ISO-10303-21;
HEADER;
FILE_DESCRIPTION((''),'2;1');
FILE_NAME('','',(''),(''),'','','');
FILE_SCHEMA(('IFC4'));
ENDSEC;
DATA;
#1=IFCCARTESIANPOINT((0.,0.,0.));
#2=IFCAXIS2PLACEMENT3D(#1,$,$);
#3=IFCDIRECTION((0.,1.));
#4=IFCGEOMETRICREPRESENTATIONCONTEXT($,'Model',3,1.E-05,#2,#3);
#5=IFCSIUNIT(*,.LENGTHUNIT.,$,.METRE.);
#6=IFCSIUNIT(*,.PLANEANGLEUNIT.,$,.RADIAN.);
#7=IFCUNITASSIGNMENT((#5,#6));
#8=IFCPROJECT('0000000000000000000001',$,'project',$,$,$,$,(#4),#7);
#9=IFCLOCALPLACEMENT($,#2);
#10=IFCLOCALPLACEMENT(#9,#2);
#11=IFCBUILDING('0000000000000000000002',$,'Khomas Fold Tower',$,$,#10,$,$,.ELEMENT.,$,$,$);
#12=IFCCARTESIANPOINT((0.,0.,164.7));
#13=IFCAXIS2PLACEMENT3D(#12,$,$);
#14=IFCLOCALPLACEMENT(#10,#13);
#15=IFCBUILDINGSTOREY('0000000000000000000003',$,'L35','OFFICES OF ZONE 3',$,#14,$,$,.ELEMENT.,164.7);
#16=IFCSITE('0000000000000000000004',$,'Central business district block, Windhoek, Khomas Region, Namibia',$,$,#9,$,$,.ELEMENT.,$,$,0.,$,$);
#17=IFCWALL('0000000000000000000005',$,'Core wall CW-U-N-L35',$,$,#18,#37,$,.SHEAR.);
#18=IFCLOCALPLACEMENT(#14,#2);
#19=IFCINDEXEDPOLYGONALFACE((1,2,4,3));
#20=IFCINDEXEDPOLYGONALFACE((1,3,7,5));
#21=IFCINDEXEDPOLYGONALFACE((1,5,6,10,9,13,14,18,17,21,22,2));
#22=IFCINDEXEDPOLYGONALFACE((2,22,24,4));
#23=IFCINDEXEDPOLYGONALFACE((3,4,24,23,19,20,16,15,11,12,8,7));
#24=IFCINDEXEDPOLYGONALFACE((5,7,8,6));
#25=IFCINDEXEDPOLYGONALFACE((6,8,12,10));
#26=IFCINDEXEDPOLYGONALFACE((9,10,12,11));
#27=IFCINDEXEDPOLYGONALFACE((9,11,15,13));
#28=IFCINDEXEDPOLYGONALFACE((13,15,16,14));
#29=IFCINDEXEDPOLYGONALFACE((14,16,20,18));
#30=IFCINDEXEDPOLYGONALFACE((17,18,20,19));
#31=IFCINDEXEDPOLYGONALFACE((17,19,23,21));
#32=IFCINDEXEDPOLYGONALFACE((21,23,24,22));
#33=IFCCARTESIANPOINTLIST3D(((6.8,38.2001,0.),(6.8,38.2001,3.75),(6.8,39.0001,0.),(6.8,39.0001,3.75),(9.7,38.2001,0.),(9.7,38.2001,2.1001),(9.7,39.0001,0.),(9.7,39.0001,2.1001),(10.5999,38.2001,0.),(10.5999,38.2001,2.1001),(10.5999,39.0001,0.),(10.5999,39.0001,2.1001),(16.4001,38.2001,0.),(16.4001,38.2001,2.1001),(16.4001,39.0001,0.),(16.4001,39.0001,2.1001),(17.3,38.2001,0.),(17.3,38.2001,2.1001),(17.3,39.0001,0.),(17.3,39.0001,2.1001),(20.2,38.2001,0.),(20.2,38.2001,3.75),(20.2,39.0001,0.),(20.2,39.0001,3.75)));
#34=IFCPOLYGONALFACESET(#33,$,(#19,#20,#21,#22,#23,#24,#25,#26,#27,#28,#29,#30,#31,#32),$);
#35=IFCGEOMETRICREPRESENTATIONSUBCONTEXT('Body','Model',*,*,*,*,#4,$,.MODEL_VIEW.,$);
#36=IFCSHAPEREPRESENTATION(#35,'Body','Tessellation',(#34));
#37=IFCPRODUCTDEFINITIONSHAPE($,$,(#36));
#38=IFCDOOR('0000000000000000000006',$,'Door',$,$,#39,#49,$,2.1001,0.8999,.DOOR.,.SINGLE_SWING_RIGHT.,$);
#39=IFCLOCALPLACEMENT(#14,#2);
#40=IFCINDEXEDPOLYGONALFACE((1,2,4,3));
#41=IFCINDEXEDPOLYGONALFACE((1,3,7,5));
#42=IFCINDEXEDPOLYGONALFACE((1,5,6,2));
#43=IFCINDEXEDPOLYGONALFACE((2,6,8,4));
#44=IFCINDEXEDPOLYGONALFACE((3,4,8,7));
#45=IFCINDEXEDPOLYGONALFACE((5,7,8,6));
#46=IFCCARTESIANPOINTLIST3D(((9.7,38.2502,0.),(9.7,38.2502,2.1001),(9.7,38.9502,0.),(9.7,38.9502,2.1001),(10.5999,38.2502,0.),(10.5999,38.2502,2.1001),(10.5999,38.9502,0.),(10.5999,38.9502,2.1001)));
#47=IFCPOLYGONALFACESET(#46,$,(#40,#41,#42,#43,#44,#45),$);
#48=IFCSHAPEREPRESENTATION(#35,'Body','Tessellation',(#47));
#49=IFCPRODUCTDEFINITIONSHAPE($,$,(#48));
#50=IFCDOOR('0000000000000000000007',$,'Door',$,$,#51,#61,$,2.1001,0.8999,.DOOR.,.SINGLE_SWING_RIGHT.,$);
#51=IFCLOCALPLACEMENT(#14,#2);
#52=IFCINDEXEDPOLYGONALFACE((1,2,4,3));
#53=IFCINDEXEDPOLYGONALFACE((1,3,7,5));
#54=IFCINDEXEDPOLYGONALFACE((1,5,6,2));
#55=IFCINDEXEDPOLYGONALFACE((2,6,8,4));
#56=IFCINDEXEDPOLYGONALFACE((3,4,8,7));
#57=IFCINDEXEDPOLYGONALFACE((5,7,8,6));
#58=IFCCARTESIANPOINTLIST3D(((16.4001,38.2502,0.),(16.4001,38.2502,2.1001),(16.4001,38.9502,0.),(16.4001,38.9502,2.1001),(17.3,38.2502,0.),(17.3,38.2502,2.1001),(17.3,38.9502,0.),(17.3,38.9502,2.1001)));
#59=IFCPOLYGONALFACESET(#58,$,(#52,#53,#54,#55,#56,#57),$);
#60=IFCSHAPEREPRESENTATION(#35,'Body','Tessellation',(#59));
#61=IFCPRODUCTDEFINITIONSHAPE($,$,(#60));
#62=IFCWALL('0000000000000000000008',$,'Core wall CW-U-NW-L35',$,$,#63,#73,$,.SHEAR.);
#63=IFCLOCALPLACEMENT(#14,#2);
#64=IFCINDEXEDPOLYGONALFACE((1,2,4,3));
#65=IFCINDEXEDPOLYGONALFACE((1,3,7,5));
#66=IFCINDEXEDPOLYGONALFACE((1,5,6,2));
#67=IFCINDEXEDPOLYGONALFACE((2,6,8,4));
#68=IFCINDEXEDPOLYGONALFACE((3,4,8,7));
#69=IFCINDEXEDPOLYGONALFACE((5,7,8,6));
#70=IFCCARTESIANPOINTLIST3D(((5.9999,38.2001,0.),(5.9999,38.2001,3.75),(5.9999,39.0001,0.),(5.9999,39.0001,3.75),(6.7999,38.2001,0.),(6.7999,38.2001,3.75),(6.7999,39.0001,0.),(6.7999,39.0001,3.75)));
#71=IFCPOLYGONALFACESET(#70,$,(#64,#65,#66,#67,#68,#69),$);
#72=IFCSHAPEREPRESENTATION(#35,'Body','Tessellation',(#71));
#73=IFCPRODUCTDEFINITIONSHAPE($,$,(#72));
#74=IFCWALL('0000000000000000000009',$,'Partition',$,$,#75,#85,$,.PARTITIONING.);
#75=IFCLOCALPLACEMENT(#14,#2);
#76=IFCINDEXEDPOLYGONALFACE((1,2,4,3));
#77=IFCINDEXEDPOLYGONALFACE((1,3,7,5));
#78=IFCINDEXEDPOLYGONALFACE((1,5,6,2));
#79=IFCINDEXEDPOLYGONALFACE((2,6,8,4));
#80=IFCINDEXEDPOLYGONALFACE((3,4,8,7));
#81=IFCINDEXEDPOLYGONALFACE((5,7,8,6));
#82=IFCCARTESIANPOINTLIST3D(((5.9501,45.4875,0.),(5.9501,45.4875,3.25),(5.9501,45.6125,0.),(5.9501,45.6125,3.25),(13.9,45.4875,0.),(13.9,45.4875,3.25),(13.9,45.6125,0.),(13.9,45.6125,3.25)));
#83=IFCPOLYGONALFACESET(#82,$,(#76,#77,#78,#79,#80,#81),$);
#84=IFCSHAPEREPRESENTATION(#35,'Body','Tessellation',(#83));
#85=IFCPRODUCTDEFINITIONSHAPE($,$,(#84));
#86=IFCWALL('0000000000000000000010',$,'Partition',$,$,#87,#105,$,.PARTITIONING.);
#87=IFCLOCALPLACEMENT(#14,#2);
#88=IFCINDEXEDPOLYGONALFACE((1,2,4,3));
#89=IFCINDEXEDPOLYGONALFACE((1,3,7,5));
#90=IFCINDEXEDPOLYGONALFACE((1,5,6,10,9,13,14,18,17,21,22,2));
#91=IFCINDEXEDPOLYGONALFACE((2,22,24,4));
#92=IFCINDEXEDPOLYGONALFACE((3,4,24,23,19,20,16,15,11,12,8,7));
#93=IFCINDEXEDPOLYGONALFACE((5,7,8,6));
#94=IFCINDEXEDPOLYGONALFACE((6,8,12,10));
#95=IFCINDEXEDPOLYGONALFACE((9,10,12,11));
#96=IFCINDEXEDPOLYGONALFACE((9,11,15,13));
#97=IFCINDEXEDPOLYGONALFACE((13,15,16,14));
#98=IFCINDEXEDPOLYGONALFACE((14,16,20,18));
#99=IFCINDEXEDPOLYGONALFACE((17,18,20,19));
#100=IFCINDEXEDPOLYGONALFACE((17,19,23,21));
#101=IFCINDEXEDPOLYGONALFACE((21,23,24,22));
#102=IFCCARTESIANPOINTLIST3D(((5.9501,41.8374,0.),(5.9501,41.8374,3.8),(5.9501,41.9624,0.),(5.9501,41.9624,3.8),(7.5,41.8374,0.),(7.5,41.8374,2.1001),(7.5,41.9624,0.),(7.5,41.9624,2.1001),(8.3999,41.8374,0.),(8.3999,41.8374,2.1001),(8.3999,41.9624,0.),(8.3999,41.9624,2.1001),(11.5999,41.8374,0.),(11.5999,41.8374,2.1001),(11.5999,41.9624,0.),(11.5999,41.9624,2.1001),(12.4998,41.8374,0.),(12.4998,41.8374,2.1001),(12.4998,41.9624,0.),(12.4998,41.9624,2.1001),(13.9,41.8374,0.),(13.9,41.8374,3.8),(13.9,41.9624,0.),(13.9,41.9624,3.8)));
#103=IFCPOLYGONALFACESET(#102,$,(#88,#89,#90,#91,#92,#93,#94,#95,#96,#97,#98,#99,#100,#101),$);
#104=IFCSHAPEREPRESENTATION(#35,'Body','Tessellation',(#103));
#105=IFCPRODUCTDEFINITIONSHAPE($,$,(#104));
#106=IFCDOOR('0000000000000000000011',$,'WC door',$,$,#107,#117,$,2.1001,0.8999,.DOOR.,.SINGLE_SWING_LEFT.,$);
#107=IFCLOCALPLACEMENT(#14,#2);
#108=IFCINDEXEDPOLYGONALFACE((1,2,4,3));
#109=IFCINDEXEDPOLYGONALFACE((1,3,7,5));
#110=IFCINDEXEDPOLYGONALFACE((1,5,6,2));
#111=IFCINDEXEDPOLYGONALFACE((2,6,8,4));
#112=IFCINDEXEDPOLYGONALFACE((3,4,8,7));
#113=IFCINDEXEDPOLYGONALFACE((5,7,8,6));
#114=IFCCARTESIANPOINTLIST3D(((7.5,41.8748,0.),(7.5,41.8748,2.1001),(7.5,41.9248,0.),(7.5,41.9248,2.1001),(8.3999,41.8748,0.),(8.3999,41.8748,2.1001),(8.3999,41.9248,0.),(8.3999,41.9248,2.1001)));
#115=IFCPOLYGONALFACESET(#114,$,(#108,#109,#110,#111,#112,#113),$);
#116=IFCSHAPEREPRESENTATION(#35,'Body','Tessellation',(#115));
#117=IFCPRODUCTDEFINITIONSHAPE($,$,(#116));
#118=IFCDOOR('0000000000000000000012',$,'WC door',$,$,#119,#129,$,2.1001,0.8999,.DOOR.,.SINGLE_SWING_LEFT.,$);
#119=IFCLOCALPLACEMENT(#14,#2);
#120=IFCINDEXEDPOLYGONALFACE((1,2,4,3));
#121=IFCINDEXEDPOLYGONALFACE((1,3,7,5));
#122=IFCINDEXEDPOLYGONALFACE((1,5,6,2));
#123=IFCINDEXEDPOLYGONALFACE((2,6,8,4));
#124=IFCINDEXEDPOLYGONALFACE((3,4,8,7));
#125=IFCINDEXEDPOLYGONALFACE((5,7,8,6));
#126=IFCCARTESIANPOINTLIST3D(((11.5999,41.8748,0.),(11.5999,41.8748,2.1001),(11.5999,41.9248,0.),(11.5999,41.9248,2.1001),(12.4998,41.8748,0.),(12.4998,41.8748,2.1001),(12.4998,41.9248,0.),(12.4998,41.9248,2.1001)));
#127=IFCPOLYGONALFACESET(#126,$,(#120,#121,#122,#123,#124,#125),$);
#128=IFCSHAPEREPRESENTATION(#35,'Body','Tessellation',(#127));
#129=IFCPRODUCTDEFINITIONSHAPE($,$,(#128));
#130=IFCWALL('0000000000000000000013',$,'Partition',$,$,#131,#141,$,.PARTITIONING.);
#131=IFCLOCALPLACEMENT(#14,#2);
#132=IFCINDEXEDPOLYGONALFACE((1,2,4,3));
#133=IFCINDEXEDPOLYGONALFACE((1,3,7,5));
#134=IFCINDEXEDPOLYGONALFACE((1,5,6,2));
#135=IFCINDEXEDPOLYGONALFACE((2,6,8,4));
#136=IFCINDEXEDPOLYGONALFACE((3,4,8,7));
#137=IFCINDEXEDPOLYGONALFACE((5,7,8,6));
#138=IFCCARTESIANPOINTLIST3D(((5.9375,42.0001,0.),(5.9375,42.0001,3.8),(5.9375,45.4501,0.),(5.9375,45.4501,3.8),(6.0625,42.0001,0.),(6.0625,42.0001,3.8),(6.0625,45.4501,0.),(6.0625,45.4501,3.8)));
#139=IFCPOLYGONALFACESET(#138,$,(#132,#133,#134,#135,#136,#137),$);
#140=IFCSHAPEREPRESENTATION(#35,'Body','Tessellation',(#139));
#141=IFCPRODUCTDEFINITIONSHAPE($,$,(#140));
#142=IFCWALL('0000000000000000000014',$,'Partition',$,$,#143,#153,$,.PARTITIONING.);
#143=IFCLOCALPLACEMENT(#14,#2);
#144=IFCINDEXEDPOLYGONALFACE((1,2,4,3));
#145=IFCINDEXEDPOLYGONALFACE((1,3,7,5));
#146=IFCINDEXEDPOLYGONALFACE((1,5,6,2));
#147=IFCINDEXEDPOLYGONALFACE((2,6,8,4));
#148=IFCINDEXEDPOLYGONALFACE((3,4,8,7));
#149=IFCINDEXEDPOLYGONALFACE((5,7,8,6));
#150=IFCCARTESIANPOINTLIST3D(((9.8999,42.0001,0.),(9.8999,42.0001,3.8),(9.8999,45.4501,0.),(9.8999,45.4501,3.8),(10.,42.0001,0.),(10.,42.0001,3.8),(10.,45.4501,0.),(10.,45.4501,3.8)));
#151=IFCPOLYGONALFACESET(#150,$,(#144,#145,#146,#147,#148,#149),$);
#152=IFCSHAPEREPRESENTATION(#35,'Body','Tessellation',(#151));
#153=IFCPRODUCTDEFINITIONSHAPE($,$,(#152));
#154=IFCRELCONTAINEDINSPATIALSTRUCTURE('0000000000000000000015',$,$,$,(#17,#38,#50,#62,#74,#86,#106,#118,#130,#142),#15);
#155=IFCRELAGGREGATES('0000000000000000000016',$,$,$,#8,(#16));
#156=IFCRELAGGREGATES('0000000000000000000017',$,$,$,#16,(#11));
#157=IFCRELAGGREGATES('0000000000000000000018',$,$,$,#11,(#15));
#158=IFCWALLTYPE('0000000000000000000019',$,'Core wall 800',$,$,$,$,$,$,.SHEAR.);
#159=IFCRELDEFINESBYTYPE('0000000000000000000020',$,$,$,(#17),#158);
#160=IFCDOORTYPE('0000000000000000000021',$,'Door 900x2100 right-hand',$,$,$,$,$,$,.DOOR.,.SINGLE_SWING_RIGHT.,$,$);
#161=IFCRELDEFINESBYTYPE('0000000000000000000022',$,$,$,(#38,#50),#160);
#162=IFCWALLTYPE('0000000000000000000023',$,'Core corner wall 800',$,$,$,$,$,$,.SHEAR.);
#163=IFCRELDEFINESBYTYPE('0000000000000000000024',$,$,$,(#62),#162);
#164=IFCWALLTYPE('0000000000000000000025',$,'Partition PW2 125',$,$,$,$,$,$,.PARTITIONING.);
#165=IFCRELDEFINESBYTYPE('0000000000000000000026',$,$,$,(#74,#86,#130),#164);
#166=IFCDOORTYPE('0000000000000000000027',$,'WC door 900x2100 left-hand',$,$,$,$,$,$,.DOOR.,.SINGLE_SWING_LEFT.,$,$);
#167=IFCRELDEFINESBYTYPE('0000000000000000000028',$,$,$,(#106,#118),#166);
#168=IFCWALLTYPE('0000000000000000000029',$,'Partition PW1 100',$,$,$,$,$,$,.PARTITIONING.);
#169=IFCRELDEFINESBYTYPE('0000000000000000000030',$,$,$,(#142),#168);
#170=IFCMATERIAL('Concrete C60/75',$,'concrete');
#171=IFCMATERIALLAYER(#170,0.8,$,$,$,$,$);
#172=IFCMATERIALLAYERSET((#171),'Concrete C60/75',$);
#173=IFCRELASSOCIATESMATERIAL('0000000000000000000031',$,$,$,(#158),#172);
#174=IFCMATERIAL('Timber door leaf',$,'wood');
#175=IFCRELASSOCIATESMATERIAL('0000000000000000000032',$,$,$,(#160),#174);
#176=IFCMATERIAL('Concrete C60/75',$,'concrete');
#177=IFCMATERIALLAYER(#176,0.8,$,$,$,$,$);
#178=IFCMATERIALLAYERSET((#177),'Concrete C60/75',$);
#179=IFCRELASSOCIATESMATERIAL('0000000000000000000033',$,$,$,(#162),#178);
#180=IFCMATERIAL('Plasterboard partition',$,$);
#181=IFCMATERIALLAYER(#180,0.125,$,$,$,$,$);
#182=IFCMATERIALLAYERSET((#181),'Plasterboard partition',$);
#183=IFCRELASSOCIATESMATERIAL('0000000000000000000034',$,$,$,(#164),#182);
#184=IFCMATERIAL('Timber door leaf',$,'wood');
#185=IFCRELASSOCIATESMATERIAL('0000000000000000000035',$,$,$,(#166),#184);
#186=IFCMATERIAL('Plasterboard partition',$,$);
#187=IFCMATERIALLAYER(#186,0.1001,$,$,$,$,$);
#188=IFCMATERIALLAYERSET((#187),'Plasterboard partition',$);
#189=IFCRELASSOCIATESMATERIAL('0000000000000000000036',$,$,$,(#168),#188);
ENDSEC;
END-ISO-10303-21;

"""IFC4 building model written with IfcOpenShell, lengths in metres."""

from ifc_helpers import new_model, si_unit, direction, frame, frame_2d, origin, place, context, subcontext, project, spatial, rectangle, extrude, source, transform, mapped, material, layer, layer_set, type_object, element, fill, save


model = new_model("IFC4")

# Units and contexts
model_context = context("Model", 3, precision=1e-05, world=origin(), true_north=direction((0.0, 1.0)))
body_context = subcontext(model_context, "Body", "Model", "MODEL_VIEW")
ifc_project = project(units=[si_unit("LENGTHUNIT", "METRE"), si_unit("PLANEANGLEUNIT", "RADIAN")], contexts=[model_context])

# Site, building, storey
site_placement = place(None, origin())
site = spatial("IfcSite", under=ifc_project, at=site_placement, Name="Central business district block, Windhoek, Khomas Region, Namibia", CompositionType="ELEMENT", RefElevation=0.0)
building_placement = place(site_placement, origin())
building = spatial("IfcBuilding", under=site, at=building_placement, Name="Khomas Fold Tower", CompositionType="ELEMENT")
storey_placement = place(building_placement, frame((0.0, 0.0, 164.7)))
storey = spatial("IfcBuildingStorey", under=building, at=storey_placement, Name="L35", Description="OFFICES OF ZONE 3", CompositionType="ELEMENT", Elevation=164.7)

# Wall, openings, doors
ifc_material_1 = material(Name="Concrete C60/75", Category="concrete")
ifc_layer_1 = layer(ifc_material_1, 0.8)
ifc_layer_set_1 = layer_set([ifc_layer_1], Name="Concrete C60/75")
wall_type_1 = type_object("IfcWallType", Name="Core wall 800", PredefinedType="SHEAR", material=ifc_layer_set_1)
shared_shape_1 = source(origin(), body_context, "Body", "SweptSolid", [
    extrude(rectangle(XDim=13.3999, YDim=0.8, at=frame_2d((6.7, 0.0))), origin(), (0.0, 0.0, 1.0), 3.75),
])
wall_1_placement = place(storey_placement, frame((6.8, 38.6001, 0.0), z_axis=(0.0, 0.0, 1.0), x_axis=(1.0, 0.0, 0.0)))
wall_1 = element("IfcWall", 1, at=wall_1_placement, inside=storey, type_object=wall_type_1, Name="Core wall CW-U-N-L35", PredefinedType="SHEAR", context=body_context, shape_type="MappedRepresentation", body=[
    mapped(shared_shape_1, transform((0.0, 0.0, 0.0))),
])
shared_shape_2 = source(origin(), body_context, "Body", "SweptSolid", [
    extrude(rectangle(XDim=0.8999, YDim=2.1001, at=frame_2d((0.45, 1.05))), frame((0.0, 0.4099, 0.0), z_axis=(0.0, -1.0, 0.0), x_axis=(1.0, 0.0, 0.0)), (0.0, 0.0, 1.0), 0.8201),
])
opening_1_placement = place(wall_1_placement, frame((2.8999, 0.0, 0.0)))
opening_1 = element("IfcOpeningElement", 2, at=opening_1_placement, cuts=wall_1, PredefinedType="OPENING", context=body_context, shape_type="MappedRepresentation", body=[
    mapped(shared_shape_2, transform((0.0, 0.0, 0.0))),
])
opening_2_placement = place(wall_1_placement, frame((9.6001, 0.0, 0.0)))
opening_2 = element("IfcOpeningElement", 3, at=opening_2_placement, cuts=wall_1, PredefinedType="OPENING", context=body_context, shape_type="MappedRepresentation", body=[
    mapped(shared_shape_2, transform((0.0, 0.0, 0.0))),
])
ifc_material_2 = material(Name="Timber door leaf", Category="wood")
door_type_1 = type_object("IfcDoorType", Name="Door 900x2100 right-hand", OperationType="SINGLE_SWING_RIGHT", PredefinedType="DOOR", material=ifc_material_2)
shared_shape_3 = source(origin(), body_context, "Body", "SweptSolid", [
    extrude(rectangle(XDim=0.8999, YDim=2.1001, at=frame_2d((0.45, 1.05))), frame((0.0, 0.3501, 0.0), z_axis=(0.0, -1.0, 0.0), x_axis=(1.0, 0.0, 0.0)), (0.0, 0.0, 1.0), 0.7),
])
door_1_placement = place(opening_1_placement, origin())
door_1 = element("IfcDoor", 4, at=door_1_placement, inside=storey, type_object=door_type_1, Name="Door", OperationType="SINGLE_SWING_RIGHT", OverallHeight=2.1001, OverallWidth=0.8999, PredefinedType="DOOR", context=body_context, shape_type="MappedRepresentation", body=[
    mapped(shared_shape_3, transform((0.0, 0.0, 0.0))),
])
fill(opening_1, door_1)
door_2_placement = place(opening_2_placement, origin())
door_2 = element("IfcDoor", 5, at=door_2_placement, inside=storey, type_object=door_type_1, Name="Door", OperationType="SINGLE_SWING_RIGHT", OverallHeight=2.1001, OverallWidth=0.8999, PredefinedType="DOOR", context=body_context, shape_type="MappedRepresentation", body=[
    mapped(shared_shape_3, transform((0.0, 0.0, 0.0))),
])
fill(opening_2, door_2)

# Walls
ifc_material_3 = material(Name="Concrete C60/75", Category="concrete")
ifc_layer_2 = layer(ifc_material_3, 0.8)
ifc_layer_set_2 = layer_set([ifc_layer_2], Name="Concrete C60/75")
wall_type_2 = type_object("IfcWallType", Name="Core corner wall 800", PredefinedType="SHEAR", material=ifc_layer_set_2)
shared_shape_4 = source(origin(), body_context, "Body", "SweptSolid", [
    extrude(rectangle(XDim=0.8, YDim=0.8, at=frame_2d((0.3999, 0.0))), origin(), (0.0, 0.0, 1.0), 3.75),
])
wall_2_placement = place(storey_placement, frame((6.0, 38.6001, 0.0), z_axis=(0.0, 0.0, 1.0), x_axis=(1.0, 0.0, 0.0)))
element("IfcWall", 6, at=wall_2_placement, inside=storey, type_object=wall_type_2, Name="Core wall CW-U-NW-L35", PredefinedType="SHEAR", context=body_context, shape_type="MappedRepresentation", body=[
    mapped(shared_shape_4, transform((0.0, 0.0, 0.0))),
])
ifc_material_4 = material(Name="Plasterboard partition")
ifc_layer_3 = layer(ifc_material_4, 0.125)
ifc_layer_set_3 = layer_set([ifc_layer_3], Name="Plasterboard partition")
wall_type_3 = type_object("IfcWallType", Name="Partition PW2 125", PredefinedType="PARTITIONING", material=ifc_layer_set_3)
shared_shape_5 = source(origin(), body_context, "Body", "SweptSolid", [
    extrude(rectangle(XDim=7.95, YDim=0.125, at=frame_2d((3.9751, 0.0))), origin(), (0.0, 0.0, 1.0), 3.25),
])
wall_3_placement = place(storey_placement, frame((5.95, 45.55, 0.0), z_axis=(0.0, 0.0, 1.0), x_axis=(1.0, 0.0, 0.0)))
element("IfcWall", 7, at=wall_3_placement, inside=storey, type_object=wall_type_3, Name="Partition", PredefinedType="PARTITIONING", context=body_context, shape_type="MappedRepresentation", body=[
    mapped(shared_shape_5, transform((0.0, 0.0, 0.0))),
])

# Wall, openings, doors
shared_shape_6 = source(origin(), body_context, "Body", "SweptSolid", [
    extrude(rectangle(XDim=7.95, YDim=0.125, at=frame_2d((3.9751, 0.0))), origin(), (0.0, 0.0, 1.0), 3.8),
])
wall_4_placement = place(storey_placement, frame((5.95, 41.8999, 0.0), z_axis=(0.0, 0.0, 1.0), x_axis=(1.0, 0.0, 0.0)))
wall_4 = element("IfcWall", 8, at=wall_4_placement, inside=storey, type_object=wall_type_3, Name="Partition", PredefinedType="PARTITIONING", context=body_context, shape_type="MappedRepresentation", body=[
    mapped(shared_shape_6, transform((0.0, 0.0, 0.0))),
])
shared_shape_7 = source(origin(), body_context, "Body", "SweptSolid", [
    extrude(rectangle(XDim=0.8999, YDim=2.1001, at=frame_2d((0.45, 1.05))), frame((0.0, 0.0725, 0.0), z_axis=(0.0, -1.0, 0.0), x_axis=(1.0, 0.0, 0.0)), (0.0, 0.0, 1.0), 0.145),
])
opening_3_placement = place(wall_4_placement, frame((1.55, 0.0, 0.0)))
opening_3 = element("IfcOpeningElement", 9, at=opening_3_placement, cuts=wall_4, PredefinedType="OPENING", context=body_context, shape_type="MappedRepresentation", body=[
    mapped(shared_shape_7, transform((0.0, 0.0, 0.0))),
])
opening_4_placement = place(wall_4_placement, frame((5.6499, 0.0, 0.0)))
opening_4 = element("IfcOpeningElement", 10, at=opening_4_placement, cuts=wall_4, PredefinedType="OPENING", context=body_context, shape_type="MappedRepresentation", body=[
    mapped(shared_shape_7, transform((0.0, 0.0, 0.0))),
])
ifc_material_5 = material(Name="Timber door leaf", Category="wood")
door_type_2 = type_object("IfcDoorType", Name="WC door 900x2100 left-hand", OperationType="SINGLE_SWING_LEFT", PredefinedType="DOOR", material=ifc_material_5)
shared_shape_8 = source(origin(), body_context, "Body", "SweptSolid", [
    extrude(rectangle(XDim=0.8999, YDim=2.1001, at=frame_2d((0.45, 1.05))), frame((0.0, 0.0249, 0.0), z_axis=(0.0, -1.0, 0.0), x_axis=(1.0, 0.0, 0.0)), (0.0, 0.0, 1.0), 0.05),
])
door_3_placement = place(opening_3_placement, origin())
door_3 = element("IfcDoor", 11, at=door_3_placement, inside=storey, type_object=door_type_2, Name="WC door", OperationType="SINGLE_SWING_LEFT", OverallHeight=2.1001, OverallWidth=0.8999, PredefinedType="DOOR", context=body_context, shape_type="MappedRepresentation", body=[
    mapped(shared_shape_8, transform((0.0, 0.0, 0.0))),
])
fill(opening_3, door_3)
door_4_placement = place(opening_4_placement, origin())
door_4 = element("IfcDoor", 12, at=door_4_placement, inside=storey, type_object=door_type_2, Name="WC door", OperationType="SINGLE_SWING_LEFT", OverallHeight=2.1001, OverallWidth=0.8999, PredefinedType="DOOR", context=body_context, shape_type="MappedRepresentation", body=[
    mapped(shared_shape_8, transform((0.0, 0.0, 0.0))),
])
fill(opening_4, door_4)

# Walls
shared_shape_9 = source(origin(), body_context, "Body", "SweptSolid", [
    extrude(rectangle(XDim=3.45, YDim=0.125, at=frame_2d((1.7251, 0.0))), origin(), (0.0, 0.0, 1.0), 3.8),
])
wall_5_placement = place(storey_placement, frame((6.0, 42.0, 0.0), z_axis=(0.0, 0.0, 1.0), x_axis=(0.0, 1.0, 0.0)))
element("IfcWall", 13, at=wall_5_placement, inside=storey, type_object=wall_type_3, Name="Partition", PredefinedType="PARTITIONING", context=body_context, shape_type="MappedRepresentation", body=[
    mapped(shared_shape_9, transform((0.0, 0.0, 0.0))),
])
ifc_material_6 = material(Name="Plasterboard partition")
ifc_layer_4 = layer(ifc_material_6, 0.1001)
ifc_layer_set_4 = layer_set([ifc_layer_4], Name="Plasterboard partition")
wall_type_4 = type_object("IfcWallType", Name="Partition PW1 100", PredefinedType="PARTITIONING", material=ifc_layer_set_4)
shared_shape_10 = source(origin(), body_context, "Body", "SweptSolid", [
    extrude(rectangle(XDim=3.45, YDim=0.1001, at=frame_2d((1.7251, 0.0))), origin(), (0.0, 0.0, 1.0), 3.8),
])
wall_6_placement = place(storey_placement, frame((9.95, 42.0, 0.0), z_axis=(0.0, 0.0, 1.0), x_axis=(0.0, 1.0, 0.0)))
element("IfcWall", 14, at=wall_6_placement, inside=storey, type_object=wall_type_4, Name="Partition", PredefinedType="PARTITIONING", context=body_context, shape_type="MappedRepresentation", body=[
    mapped(shared_shape_10, transform((0.0, 0.0, 0.0))),
])

save(model, "model.ifc")
